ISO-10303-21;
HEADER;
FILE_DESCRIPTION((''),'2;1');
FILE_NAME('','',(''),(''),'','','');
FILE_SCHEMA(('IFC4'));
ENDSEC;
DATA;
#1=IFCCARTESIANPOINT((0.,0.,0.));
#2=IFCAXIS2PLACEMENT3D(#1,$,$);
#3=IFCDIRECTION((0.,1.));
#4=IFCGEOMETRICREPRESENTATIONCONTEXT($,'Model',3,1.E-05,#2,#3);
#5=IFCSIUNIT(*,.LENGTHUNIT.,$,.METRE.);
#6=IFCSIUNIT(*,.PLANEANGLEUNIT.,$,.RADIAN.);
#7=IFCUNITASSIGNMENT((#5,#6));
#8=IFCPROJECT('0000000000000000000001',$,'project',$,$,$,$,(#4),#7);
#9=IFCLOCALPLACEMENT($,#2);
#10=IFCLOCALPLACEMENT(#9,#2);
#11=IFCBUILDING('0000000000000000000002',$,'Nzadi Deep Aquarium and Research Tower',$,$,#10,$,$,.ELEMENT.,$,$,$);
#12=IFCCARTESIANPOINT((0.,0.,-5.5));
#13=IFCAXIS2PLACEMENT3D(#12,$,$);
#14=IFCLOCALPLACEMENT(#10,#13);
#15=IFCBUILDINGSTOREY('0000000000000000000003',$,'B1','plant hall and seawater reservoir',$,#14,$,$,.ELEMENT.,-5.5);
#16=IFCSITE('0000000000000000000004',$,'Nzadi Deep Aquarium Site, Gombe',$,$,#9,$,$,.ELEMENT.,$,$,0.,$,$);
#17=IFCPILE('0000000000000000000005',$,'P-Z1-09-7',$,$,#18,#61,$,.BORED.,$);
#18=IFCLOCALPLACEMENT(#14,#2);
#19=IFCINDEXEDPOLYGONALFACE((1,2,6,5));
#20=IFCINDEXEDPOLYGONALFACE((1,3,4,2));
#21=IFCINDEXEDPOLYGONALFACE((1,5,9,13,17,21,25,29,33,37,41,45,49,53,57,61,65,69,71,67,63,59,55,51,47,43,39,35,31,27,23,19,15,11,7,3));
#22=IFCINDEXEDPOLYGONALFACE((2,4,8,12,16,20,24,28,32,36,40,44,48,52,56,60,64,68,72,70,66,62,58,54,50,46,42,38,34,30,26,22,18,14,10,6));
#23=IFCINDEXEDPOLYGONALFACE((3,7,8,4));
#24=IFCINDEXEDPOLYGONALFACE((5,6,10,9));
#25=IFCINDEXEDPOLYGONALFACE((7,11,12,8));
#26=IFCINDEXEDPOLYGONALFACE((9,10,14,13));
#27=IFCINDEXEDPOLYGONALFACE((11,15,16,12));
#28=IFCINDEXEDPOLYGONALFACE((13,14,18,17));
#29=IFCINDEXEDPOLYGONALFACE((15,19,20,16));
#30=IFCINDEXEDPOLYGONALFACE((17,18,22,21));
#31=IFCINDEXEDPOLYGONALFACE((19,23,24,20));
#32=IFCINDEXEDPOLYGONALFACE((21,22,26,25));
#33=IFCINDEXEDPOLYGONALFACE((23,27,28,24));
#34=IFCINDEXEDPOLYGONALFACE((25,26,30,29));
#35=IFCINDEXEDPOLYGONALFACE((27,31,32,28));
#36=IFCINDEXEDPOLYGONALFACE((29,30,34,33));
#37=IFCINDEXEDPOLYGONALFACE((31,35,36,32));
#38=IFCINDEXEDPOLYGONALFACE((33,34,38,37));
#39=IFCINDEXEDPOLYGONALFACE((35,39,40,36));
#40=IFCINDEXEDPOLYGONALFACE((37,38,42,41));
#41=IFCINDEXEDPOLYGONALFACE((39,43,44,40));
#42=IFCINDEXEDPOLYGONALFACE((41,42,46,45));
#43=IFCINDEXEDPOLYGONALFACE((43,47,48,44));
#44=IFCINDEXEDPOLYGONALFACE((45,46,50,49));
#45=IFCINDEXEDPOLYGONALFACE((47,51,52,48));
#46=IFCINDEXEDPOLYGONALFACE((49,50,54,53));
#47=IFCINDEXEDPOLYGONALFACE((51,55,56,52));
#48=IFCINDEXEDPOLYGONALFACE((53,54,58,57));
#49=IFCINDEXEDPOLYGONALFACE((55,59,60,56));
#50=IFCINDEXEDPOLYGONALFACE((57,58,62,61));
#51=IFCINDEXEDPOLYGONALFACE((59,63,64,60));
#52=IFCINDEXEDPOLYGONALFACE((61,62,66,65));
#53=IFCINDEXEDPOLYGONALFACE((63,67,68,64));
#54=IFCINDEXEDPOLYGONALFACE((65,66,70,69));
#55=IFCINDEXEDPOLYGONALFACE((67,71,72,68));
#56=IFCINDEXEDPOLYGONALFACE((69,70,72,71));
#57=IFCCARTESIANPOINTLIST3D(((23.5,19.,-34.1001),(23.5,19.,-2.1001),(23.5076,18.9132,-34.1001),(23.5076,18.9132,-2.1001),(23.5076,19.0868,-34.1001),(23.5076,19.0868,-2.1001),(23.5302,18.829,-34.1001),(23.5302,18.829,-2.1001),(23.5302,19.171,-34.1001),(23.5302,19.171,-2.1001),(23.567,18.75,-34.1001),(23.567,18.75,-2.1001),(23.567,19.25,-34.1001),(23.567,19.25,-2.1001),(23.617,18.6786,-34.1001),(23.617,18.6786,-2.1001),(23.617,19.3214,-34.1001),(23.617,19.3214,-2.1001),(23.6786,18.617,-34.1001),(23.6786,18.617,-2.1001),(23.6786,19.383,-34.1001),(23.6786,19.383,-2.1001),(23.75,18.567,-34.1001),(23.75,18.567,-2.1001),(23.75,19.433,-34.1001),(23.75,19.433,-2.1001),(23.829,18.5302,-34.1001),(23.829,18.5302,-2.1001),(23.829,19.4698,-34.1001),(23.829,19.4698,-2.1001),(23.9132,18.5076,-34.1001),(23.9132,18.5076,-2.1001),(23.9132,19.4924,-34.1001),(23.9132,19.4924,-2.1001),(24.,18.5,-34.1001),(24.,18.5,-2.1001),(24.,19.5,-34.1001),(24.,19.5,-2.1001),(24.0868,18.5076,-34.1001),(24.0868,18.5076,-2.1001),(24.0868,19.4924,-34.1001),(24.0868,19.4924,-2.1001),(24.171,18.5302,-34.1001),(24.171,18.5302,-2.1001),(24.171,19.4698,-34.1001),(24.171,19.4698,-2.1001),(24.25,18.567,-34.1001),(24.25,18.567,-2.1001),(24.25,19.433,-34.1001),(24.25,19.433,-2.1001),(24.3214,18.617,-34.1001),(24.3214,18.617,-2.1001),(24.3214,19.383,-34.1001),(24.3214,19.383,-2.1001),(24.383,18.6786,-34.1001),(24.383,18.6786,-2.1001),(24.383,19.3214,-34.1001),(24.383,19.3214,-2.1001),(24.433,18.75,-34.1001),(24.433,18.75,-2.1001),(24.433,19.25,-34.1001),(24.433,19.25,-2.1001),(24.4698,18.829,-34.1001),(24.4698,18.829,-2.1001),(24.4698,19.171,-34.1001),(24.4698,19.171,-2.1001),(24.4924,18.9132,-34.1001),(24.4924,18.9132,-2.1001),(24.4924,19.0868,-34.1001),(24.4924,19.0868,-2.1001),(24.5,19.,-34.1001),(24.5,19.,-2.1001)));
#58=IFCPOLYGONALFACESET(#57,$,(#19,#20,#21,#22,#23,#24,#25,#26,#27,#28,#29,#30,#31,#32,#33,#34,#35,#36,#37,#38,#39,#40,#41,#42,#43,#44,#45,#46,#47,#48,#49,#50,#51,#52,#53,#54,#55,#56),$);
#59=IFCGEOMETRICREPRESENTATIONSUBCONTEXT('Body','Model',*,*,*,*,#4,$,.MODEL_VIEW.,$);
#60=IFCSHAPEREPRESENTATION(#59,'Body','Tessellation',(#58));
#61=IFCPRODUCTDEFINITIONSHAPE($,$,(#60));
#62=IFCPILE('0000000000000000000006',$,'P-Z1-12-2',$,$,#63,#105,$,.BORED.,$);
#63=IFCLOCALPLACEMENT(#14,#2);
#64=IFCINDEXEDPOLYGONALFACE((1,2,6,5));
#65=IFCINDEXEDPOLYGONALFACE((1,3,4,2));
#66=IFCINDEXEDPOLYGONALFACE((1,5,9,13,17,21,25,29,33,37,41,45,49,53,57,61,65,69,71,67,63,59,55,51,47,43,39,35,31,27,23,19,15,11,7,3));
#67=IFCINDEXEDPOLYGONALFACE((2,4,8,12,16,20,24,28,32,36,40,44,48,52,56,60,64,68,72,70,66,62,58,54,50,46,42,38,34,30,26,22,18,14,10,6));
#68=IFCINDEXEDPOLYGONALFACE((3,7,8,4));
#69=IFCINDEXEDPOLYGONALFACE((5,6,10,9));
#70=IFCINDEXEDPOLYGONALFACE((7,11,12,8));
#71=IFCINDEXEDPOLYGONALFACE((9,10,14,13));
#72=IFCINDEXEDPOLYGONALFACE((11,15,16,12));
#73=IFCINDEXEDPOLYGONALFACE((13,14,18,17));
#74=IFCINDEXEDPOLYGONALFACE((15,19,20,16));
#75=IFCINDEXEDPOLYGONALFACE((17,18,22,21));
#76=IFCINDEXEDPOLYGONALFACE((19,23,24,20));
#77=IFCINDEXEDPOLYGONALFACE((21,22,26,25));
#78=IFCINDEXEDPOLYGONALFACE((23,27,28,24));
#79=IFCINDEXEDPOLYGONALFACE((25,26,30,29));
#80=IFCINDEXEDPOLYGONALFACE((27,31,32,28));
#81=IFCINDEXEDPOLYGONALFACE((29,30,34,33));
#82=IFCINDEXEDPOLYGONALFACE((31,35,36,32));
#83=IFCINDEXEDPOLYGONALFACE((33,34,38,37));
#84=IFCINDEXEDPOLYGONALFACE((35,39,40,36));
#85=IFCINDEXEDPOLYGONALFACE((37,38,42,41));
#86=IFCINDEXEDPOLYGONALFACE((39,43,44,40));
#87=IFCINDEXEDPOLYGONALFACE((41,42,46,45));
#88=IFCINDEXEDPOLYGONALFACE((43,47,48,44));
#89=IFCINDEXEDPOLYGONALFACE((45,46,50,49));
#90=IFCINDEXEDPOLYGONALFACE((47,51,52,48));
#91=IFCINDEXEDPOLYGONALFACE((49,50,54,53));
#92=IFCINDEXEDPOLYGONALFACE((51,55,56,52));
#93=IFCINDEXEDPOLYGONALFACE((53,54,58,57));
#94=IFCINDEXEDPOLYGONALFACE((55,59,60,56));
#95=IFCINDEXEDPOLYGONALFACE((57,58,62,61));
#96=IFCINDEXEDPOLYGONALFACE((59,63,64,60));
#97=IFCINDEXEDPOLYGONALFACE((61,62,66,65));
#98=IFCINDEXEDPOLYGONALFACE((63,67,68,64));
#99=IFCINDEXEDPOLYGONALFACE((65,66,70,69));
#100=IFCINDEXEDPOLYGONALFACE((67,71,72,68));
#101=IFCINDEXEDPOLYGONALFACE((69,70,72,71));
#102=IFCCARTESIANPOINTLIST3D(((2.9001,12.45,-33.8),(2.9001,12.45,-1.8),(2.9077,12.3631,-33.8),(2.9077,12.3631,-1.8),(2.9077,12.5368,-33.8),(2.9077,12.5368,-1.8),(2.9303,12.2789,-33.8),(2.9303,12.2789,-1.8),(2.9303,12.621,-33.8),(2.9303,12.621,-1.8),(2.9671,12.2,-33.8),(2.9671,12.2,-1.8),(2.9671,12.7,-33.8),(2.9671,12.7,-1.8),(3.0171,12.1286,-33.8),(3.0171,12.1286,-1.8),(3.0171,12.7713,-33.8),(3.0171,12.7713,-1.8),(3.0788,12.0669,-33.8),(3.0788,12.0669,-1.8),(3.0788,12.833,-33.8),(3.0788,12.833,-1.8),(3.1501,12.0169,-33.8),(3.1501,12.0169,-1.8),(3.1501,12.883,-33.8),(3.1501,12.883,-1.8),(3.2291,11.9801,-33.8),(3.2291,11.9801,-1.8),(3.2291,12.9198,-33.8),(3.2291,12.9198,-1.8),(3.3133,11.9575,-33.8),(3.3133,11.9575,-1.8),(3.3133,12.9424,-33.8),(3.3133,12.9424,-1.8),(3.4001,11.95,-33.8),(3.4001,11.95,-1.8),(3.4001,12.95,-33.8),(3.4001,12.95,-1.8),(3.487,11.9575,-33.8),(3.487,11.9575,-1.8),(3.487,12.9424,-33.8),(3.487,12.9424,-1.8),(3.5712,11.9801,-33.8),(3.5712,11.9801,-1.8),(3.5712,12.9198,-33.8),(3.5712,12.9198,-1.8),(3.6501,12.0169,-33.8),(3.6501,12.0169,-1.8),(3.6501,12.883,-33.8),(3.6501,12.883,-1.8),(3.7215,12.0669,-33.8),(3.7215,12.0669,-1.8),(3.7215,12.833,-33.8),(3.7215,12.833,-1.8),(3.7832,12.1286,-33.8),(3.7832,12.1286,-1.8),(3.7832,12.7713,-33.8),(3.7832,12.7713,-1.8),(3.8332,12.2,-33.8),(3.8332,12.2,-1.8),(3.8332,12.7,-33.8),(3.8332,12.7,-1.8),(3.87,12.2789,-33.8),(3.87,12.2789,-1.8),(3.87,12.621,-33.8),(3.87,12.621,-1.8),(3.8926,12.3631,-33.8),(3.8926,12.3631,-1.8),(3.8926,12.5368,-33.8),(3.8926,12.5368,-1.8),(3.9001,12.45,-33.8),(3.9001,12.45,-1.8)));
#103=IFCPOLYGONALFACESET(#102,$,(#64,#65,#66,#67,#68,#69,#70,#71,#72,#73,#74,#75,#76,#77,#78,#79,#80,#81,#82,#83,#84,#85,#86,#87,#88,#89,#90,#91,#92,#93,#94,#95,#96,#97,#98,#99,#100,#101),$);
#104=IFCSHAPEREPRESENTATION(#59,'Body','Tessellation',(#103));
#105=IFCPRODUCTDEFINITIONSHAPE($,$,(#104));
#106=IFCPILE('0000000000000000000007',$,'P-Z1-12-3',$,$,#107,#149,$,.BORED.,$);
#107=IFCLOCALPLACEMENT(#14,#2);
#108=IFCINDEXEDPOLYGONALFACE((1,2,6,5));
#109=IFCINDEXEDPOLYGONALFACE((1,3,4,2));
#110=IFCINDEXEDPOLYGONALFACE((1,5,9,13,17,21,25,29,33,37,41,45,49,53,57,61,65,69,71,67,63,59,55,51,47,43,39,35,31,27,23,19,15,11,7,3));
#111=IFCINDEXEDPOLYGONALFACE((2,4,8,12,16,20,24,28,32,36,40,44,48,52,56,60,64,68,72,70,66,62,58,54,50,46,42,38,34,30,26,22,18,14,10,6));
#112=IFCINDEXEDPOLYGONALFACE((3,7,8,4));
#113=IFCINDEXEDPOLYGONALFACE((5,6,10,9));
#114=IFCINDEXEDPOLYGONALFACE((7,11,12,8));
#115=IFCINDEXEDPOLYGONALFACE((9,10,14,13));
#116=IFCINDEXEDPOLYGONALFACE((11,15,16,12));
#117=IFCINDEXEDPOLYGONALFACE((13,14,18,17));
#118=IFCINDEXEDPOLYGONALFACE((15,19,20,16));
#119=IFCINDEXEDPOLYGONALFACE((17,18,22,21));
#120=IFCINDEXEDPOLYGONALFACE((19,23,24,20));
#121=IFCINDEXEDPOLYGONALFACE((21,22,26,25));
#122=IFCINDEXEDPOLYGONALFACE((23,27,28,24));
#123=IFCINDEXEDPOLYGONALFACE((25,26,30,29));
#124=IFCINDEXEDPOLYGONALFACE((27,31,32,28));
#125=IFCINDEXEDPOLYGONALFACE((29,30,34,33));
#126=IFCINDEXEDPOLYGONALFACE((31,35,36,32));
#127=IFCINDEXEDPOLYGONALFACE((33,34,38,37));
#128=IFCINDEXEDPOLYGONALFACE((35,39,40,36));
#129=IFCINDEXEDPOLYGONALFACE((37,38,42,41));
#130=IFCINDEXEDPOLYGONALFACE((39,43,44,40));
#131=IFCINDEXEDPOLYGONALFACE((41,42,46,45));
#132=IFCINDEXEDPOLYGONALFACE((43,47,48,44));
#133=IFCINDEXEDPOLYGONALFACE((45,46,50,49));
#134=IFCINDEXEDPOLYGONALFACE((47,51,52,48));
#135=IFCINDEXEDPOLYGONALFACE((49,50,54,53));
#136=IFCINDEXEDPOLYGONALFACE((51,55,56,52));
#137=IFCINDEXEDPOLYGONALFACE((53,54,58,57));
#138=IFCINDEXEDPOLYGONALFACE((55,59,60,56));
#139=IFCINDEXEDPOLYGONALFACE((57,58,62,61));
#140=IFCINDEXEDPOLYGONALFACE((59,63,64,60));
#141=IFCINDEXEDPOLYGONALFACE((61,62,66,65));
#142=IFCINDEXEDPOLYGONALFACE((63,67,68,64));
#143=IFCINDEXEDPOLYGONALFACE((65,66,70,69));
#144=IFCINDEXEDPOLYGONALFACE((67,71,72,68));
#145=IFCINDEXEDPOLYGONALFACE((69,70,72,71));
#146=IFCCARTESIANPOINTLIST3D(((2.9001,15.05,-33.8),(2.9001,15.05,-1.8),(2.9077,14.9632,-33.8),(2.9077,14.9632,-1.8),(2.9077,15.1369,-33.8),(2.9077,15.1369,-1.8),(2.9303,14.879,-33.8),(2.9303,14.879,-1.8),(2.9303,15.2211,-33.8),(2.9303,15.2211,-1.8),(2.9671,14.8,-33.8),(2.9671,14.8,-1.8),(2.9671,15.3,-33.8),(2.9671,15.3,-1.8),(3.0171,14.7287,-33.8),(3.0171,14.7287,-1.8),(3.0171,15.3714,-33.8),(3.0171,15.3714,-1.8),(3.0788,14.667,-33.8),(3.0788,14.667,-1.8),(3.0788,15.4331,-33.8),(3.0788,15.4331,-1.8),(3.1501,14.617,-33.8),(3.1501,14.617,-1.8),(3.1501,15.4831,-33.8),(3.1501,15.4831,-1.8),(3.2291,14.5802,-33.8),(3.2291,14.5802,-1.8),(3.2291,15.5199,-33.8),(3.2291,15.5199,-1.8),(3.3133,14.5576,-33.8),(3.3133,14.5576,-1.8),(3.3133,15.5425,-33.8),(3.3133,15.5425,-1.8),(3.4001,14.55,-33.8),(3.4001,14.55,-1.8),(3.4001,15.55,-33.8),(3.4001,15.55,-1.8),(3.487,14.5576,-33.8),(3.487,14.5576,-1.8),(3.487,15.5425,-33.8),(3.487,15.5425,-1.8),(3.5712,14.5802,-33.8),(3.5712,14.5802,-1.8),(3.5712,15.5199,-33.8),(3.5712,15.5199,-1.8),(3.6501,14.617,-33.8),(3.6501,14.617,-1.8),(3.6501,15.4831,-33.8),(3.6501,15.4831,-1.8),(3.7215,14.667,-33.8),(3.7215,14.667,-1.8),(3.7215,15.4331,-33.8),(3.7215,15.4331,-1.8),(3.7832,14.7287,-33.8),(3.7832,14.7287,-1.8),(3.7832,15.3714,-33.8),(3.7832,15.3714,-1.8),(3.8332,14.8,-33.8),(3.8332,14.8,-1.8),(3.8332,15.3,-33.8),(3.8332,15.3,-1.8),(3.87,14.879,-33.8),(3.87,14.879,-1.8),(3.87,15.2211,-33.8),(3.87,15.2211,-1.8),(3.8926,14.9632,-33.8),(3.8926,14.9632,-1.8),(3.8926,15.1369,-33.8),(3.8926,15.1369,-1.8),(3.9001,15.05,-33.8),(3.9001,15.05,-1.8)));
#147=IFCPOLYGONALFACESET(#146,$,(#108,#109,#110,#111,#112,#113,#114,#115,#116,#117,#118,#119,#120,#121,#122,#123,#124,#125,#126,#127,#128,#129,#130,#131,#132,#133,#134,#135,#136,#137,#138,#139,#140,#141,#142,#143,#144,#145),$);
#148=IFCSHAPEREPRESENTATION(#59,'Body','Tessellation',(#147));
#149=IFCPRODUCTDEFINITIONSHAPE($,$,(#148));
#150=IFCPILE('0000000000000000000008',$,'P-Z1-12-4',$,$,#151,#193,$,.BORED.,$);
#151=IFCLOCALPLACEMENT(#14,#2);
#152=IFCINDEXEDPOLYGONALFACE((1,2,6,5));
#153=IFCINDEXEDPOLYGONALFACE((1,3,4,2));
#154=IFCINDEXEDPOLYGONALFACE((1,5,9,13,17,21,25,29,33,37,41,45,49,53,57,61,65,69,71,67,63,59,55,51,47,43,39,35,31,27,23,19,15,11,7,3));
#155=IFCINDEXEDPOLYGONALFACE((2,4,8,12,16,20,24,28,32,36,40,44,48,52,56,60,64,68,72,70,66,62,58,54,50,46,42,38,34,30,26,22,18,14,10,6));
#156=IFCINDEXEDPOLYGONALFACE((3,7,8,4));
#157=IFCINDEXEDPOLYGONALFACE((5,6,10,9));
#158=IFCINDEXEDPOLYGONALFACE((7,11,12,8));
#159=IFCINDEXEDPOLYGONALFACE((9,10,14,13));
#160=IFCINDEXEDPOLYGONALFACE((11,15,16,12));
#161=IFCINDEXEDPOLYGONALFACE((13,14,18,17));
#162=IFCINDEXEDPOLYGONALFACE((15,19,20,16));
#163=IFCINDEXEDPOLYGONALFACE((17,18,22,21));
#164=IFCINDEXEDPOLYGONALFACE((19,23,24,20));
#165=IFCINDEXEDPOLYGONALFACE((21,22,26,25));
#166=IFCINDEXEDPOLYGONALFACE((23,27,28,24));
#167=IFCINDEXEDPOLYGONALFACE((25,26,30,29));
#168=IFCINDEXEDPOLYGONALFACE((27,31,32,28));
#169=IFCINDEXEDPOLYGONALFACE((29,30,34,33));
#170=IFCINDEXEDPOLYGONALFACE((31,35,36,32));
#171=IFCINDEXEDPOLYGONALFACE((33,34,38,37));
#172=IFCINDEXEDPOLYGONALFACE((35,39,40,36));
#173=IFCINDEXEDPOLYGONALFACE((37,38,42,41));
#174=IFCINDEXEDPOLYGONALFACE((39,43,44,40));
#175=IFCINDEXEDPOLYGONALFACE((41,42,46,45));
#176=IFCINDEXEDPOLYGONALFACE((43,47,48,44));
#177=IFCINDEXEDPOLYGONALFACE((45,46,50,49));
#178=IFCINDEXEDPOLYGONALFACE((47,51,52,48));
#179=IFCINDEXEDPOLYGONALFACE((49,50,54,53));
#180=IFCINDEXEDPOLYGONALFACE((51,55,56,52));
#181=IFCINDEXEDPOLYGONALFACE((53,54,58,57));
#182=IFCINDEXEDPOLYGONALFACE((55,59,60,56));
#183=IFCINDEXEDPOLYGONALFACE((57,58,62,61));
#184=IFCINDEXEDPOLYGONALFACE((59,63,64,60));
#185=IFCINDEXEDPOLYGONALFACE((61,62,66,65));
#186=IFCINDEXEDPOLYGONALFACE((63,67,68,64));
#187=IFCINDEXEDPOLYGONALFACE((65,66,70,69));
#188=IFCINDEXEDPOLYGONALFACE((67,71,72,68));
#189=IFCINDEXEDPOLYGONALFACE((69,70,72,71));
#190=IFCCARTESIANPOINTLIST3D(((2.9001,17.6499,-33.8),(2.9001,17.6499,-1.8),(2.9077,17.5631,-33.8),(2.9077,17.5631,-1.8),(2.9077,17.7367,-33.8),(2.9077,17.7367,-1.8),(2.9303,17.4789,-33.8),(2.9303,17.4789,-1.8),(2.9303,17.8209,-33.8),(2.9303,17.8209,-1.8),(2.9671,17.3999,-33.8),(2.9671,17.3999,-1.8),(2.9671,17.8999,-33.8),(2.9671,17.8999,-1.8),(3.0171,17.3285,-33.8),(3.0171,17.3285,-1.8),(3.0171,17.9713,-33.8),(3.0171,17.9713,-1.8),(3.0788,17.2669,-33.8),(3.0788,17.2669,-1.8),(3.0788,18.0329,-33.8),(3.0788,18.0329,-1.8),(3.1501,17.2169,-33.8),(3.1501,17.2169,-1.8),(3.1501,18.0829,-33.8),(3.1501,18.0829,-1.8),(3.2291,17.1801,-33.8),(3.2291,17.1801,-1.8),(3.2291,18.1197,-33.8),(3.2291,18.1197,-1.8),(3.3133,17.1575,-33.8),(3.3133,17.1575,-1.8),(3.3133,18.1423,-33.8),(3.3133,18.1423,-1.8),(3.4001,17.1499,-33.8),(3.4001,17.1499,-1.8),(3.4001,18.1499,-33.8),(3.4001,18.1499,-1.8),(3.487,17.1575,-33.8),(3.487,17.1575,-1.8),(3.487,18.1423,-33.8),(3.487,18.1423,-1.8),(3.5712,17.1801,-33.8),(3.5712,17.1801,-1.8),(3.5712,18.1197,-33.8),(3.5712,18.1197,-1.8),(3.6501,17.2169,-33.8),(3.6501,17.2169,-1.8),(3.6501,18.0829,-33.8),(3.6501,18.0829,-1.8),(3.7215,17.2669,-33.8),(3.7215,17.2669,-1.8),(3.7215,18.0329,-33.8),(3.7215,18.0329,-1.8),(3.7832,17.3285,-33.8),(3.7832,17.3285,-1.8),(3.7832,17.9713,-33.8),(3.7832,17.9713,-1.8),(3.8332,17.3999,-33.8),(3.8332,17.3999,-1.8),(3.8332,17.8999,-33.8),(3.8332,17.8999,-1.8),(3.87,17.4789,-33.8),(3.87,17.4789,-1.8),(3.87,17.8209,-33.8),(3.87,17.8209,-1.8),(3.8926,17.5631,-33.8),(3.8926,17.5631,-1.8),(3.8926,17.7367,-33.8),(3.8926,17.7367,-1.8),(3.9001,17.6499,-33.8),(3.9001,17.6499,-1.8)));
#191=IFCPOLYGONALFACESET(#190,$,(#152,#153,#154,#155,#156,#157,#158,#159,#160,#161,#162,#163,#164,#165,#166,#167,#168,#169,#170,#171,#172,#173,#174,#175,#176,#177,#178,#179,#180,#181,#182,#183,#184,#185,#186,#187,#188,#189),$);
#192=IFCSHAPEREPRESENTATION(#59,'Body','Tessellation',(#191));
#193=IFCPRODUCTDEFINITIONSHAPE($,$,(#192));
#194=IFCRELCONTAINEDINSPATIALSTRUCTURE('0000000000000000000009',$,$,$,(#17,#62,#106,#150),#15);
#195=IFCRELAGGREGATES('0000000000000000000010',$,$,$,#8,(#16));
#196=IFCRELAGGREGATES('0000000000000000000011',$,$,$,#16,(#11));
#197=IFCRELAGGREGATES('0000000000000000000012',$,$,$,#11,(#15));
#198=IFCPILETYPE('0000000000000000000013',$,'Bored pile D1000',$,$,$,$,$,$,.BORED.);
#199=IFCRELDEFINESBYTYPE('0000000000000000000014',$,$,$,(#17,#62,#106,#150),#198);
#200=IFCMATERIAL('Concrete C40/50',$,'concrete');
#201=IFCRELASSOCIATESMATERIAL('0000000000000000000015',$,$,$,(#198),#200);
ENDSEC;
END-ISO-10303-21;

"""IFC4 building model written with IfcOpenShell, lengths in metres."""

from ifc_helpers import new_model, si_unit, direction, frame, origin, origin_2d, place, context, subcontext, project, spatial, circle, extrude, material, material_profile, profile_set, type_object, element, save


model = new_model("IFC4")

# Units and contexts
model_context = context("Model", 3, precision=1e-05, world=origin(), true_north=direction((0.0, 1.0)))
body_context = subcontext(model_context, "Body", "Model", "MODEL_VIEW")
ifc_project = project(units=[si_unit("LENGTHUNIT", "METRE"), si_unit("PLANEANGLEUNIT", "RADIAN")], contexts=[model_context])

# Site, building, storey
site_placement = place(None, origin())
site = spatial("IfcSite", under=ifc_project, at=site_placement, Name="Nzadi Deep Aquarium Site, Gombe", CompositionType="ELEMENT", RefElevation=0.0)
building_placement = place(site_placement, origin())
building = spatial("IfcBuilding", under=site, at=building_placement, Name="Nzadi Deep Aquarium and Research Tower", CompositionType="ELEMENT")
storey_placement = place(building_placement, frame((0.0, 0.0, -5.5)))
storey = spatial("IfcBuildingStorey", under=building, at=storey_placement, Name="B1", Description="plant hall and seawater reservoir", CompositionType="ELEMENT", Elevation=-5.5)

# Piles
ifc_material_1 = material(Name="Concrete C40/50", Category="concrete")
ifc_material_profile_1 = material_profile(ifc_material_1, circle(Radius=0.5, at=origin_2d()))
ifc_profile_set_1 = profile_set([ifc_material_profile_1], Name="Concrete C40/50")
pile_type = type_object("IfcPileType", Name="Bored pile D1000", PredefinedType="BORED", material=ifc_profile_set_1)
for number, where, z_axis, x_axis, name in (
    (1, (24.0, 19.0, -2.1001), (0.0, 0.0, -1.0), (1.0, 0.0, 0.0), "P-Z1-09-7"),
    (2, (3.4001, 12.45, -1.8), (0.0, 0.0, -1.0), (1.0, 0.0, 0.0), "P-Z1-12-2"),
    (3, (3.4001, 15.05, -1.8), (0.0, 0.0, -1.0), (1.0, 0.0, 0.0), "P-Z1-12-3"),
    (4, (3.4001, 17.6499, -1.8), (0.0, 0.0, -1.0), (1.0, 0.0, 0.0), "P-Z1-12-4"),
):
    element("IfcPile", number, at=place(storey_placement, frame(where, z_axis=z_axis, x_axis=x_axis)), inside=storey, type_object=pile_type, Name=name, PredefinedType="BORED", context=body_context, shape_type="SweptSolid", body=[
        extrude(circle(Radius=0.5, at=origin_2d()), origin(), (0.0, 0.0, 1.0), 32.0),
    ])

save(model, "model.ifc")
